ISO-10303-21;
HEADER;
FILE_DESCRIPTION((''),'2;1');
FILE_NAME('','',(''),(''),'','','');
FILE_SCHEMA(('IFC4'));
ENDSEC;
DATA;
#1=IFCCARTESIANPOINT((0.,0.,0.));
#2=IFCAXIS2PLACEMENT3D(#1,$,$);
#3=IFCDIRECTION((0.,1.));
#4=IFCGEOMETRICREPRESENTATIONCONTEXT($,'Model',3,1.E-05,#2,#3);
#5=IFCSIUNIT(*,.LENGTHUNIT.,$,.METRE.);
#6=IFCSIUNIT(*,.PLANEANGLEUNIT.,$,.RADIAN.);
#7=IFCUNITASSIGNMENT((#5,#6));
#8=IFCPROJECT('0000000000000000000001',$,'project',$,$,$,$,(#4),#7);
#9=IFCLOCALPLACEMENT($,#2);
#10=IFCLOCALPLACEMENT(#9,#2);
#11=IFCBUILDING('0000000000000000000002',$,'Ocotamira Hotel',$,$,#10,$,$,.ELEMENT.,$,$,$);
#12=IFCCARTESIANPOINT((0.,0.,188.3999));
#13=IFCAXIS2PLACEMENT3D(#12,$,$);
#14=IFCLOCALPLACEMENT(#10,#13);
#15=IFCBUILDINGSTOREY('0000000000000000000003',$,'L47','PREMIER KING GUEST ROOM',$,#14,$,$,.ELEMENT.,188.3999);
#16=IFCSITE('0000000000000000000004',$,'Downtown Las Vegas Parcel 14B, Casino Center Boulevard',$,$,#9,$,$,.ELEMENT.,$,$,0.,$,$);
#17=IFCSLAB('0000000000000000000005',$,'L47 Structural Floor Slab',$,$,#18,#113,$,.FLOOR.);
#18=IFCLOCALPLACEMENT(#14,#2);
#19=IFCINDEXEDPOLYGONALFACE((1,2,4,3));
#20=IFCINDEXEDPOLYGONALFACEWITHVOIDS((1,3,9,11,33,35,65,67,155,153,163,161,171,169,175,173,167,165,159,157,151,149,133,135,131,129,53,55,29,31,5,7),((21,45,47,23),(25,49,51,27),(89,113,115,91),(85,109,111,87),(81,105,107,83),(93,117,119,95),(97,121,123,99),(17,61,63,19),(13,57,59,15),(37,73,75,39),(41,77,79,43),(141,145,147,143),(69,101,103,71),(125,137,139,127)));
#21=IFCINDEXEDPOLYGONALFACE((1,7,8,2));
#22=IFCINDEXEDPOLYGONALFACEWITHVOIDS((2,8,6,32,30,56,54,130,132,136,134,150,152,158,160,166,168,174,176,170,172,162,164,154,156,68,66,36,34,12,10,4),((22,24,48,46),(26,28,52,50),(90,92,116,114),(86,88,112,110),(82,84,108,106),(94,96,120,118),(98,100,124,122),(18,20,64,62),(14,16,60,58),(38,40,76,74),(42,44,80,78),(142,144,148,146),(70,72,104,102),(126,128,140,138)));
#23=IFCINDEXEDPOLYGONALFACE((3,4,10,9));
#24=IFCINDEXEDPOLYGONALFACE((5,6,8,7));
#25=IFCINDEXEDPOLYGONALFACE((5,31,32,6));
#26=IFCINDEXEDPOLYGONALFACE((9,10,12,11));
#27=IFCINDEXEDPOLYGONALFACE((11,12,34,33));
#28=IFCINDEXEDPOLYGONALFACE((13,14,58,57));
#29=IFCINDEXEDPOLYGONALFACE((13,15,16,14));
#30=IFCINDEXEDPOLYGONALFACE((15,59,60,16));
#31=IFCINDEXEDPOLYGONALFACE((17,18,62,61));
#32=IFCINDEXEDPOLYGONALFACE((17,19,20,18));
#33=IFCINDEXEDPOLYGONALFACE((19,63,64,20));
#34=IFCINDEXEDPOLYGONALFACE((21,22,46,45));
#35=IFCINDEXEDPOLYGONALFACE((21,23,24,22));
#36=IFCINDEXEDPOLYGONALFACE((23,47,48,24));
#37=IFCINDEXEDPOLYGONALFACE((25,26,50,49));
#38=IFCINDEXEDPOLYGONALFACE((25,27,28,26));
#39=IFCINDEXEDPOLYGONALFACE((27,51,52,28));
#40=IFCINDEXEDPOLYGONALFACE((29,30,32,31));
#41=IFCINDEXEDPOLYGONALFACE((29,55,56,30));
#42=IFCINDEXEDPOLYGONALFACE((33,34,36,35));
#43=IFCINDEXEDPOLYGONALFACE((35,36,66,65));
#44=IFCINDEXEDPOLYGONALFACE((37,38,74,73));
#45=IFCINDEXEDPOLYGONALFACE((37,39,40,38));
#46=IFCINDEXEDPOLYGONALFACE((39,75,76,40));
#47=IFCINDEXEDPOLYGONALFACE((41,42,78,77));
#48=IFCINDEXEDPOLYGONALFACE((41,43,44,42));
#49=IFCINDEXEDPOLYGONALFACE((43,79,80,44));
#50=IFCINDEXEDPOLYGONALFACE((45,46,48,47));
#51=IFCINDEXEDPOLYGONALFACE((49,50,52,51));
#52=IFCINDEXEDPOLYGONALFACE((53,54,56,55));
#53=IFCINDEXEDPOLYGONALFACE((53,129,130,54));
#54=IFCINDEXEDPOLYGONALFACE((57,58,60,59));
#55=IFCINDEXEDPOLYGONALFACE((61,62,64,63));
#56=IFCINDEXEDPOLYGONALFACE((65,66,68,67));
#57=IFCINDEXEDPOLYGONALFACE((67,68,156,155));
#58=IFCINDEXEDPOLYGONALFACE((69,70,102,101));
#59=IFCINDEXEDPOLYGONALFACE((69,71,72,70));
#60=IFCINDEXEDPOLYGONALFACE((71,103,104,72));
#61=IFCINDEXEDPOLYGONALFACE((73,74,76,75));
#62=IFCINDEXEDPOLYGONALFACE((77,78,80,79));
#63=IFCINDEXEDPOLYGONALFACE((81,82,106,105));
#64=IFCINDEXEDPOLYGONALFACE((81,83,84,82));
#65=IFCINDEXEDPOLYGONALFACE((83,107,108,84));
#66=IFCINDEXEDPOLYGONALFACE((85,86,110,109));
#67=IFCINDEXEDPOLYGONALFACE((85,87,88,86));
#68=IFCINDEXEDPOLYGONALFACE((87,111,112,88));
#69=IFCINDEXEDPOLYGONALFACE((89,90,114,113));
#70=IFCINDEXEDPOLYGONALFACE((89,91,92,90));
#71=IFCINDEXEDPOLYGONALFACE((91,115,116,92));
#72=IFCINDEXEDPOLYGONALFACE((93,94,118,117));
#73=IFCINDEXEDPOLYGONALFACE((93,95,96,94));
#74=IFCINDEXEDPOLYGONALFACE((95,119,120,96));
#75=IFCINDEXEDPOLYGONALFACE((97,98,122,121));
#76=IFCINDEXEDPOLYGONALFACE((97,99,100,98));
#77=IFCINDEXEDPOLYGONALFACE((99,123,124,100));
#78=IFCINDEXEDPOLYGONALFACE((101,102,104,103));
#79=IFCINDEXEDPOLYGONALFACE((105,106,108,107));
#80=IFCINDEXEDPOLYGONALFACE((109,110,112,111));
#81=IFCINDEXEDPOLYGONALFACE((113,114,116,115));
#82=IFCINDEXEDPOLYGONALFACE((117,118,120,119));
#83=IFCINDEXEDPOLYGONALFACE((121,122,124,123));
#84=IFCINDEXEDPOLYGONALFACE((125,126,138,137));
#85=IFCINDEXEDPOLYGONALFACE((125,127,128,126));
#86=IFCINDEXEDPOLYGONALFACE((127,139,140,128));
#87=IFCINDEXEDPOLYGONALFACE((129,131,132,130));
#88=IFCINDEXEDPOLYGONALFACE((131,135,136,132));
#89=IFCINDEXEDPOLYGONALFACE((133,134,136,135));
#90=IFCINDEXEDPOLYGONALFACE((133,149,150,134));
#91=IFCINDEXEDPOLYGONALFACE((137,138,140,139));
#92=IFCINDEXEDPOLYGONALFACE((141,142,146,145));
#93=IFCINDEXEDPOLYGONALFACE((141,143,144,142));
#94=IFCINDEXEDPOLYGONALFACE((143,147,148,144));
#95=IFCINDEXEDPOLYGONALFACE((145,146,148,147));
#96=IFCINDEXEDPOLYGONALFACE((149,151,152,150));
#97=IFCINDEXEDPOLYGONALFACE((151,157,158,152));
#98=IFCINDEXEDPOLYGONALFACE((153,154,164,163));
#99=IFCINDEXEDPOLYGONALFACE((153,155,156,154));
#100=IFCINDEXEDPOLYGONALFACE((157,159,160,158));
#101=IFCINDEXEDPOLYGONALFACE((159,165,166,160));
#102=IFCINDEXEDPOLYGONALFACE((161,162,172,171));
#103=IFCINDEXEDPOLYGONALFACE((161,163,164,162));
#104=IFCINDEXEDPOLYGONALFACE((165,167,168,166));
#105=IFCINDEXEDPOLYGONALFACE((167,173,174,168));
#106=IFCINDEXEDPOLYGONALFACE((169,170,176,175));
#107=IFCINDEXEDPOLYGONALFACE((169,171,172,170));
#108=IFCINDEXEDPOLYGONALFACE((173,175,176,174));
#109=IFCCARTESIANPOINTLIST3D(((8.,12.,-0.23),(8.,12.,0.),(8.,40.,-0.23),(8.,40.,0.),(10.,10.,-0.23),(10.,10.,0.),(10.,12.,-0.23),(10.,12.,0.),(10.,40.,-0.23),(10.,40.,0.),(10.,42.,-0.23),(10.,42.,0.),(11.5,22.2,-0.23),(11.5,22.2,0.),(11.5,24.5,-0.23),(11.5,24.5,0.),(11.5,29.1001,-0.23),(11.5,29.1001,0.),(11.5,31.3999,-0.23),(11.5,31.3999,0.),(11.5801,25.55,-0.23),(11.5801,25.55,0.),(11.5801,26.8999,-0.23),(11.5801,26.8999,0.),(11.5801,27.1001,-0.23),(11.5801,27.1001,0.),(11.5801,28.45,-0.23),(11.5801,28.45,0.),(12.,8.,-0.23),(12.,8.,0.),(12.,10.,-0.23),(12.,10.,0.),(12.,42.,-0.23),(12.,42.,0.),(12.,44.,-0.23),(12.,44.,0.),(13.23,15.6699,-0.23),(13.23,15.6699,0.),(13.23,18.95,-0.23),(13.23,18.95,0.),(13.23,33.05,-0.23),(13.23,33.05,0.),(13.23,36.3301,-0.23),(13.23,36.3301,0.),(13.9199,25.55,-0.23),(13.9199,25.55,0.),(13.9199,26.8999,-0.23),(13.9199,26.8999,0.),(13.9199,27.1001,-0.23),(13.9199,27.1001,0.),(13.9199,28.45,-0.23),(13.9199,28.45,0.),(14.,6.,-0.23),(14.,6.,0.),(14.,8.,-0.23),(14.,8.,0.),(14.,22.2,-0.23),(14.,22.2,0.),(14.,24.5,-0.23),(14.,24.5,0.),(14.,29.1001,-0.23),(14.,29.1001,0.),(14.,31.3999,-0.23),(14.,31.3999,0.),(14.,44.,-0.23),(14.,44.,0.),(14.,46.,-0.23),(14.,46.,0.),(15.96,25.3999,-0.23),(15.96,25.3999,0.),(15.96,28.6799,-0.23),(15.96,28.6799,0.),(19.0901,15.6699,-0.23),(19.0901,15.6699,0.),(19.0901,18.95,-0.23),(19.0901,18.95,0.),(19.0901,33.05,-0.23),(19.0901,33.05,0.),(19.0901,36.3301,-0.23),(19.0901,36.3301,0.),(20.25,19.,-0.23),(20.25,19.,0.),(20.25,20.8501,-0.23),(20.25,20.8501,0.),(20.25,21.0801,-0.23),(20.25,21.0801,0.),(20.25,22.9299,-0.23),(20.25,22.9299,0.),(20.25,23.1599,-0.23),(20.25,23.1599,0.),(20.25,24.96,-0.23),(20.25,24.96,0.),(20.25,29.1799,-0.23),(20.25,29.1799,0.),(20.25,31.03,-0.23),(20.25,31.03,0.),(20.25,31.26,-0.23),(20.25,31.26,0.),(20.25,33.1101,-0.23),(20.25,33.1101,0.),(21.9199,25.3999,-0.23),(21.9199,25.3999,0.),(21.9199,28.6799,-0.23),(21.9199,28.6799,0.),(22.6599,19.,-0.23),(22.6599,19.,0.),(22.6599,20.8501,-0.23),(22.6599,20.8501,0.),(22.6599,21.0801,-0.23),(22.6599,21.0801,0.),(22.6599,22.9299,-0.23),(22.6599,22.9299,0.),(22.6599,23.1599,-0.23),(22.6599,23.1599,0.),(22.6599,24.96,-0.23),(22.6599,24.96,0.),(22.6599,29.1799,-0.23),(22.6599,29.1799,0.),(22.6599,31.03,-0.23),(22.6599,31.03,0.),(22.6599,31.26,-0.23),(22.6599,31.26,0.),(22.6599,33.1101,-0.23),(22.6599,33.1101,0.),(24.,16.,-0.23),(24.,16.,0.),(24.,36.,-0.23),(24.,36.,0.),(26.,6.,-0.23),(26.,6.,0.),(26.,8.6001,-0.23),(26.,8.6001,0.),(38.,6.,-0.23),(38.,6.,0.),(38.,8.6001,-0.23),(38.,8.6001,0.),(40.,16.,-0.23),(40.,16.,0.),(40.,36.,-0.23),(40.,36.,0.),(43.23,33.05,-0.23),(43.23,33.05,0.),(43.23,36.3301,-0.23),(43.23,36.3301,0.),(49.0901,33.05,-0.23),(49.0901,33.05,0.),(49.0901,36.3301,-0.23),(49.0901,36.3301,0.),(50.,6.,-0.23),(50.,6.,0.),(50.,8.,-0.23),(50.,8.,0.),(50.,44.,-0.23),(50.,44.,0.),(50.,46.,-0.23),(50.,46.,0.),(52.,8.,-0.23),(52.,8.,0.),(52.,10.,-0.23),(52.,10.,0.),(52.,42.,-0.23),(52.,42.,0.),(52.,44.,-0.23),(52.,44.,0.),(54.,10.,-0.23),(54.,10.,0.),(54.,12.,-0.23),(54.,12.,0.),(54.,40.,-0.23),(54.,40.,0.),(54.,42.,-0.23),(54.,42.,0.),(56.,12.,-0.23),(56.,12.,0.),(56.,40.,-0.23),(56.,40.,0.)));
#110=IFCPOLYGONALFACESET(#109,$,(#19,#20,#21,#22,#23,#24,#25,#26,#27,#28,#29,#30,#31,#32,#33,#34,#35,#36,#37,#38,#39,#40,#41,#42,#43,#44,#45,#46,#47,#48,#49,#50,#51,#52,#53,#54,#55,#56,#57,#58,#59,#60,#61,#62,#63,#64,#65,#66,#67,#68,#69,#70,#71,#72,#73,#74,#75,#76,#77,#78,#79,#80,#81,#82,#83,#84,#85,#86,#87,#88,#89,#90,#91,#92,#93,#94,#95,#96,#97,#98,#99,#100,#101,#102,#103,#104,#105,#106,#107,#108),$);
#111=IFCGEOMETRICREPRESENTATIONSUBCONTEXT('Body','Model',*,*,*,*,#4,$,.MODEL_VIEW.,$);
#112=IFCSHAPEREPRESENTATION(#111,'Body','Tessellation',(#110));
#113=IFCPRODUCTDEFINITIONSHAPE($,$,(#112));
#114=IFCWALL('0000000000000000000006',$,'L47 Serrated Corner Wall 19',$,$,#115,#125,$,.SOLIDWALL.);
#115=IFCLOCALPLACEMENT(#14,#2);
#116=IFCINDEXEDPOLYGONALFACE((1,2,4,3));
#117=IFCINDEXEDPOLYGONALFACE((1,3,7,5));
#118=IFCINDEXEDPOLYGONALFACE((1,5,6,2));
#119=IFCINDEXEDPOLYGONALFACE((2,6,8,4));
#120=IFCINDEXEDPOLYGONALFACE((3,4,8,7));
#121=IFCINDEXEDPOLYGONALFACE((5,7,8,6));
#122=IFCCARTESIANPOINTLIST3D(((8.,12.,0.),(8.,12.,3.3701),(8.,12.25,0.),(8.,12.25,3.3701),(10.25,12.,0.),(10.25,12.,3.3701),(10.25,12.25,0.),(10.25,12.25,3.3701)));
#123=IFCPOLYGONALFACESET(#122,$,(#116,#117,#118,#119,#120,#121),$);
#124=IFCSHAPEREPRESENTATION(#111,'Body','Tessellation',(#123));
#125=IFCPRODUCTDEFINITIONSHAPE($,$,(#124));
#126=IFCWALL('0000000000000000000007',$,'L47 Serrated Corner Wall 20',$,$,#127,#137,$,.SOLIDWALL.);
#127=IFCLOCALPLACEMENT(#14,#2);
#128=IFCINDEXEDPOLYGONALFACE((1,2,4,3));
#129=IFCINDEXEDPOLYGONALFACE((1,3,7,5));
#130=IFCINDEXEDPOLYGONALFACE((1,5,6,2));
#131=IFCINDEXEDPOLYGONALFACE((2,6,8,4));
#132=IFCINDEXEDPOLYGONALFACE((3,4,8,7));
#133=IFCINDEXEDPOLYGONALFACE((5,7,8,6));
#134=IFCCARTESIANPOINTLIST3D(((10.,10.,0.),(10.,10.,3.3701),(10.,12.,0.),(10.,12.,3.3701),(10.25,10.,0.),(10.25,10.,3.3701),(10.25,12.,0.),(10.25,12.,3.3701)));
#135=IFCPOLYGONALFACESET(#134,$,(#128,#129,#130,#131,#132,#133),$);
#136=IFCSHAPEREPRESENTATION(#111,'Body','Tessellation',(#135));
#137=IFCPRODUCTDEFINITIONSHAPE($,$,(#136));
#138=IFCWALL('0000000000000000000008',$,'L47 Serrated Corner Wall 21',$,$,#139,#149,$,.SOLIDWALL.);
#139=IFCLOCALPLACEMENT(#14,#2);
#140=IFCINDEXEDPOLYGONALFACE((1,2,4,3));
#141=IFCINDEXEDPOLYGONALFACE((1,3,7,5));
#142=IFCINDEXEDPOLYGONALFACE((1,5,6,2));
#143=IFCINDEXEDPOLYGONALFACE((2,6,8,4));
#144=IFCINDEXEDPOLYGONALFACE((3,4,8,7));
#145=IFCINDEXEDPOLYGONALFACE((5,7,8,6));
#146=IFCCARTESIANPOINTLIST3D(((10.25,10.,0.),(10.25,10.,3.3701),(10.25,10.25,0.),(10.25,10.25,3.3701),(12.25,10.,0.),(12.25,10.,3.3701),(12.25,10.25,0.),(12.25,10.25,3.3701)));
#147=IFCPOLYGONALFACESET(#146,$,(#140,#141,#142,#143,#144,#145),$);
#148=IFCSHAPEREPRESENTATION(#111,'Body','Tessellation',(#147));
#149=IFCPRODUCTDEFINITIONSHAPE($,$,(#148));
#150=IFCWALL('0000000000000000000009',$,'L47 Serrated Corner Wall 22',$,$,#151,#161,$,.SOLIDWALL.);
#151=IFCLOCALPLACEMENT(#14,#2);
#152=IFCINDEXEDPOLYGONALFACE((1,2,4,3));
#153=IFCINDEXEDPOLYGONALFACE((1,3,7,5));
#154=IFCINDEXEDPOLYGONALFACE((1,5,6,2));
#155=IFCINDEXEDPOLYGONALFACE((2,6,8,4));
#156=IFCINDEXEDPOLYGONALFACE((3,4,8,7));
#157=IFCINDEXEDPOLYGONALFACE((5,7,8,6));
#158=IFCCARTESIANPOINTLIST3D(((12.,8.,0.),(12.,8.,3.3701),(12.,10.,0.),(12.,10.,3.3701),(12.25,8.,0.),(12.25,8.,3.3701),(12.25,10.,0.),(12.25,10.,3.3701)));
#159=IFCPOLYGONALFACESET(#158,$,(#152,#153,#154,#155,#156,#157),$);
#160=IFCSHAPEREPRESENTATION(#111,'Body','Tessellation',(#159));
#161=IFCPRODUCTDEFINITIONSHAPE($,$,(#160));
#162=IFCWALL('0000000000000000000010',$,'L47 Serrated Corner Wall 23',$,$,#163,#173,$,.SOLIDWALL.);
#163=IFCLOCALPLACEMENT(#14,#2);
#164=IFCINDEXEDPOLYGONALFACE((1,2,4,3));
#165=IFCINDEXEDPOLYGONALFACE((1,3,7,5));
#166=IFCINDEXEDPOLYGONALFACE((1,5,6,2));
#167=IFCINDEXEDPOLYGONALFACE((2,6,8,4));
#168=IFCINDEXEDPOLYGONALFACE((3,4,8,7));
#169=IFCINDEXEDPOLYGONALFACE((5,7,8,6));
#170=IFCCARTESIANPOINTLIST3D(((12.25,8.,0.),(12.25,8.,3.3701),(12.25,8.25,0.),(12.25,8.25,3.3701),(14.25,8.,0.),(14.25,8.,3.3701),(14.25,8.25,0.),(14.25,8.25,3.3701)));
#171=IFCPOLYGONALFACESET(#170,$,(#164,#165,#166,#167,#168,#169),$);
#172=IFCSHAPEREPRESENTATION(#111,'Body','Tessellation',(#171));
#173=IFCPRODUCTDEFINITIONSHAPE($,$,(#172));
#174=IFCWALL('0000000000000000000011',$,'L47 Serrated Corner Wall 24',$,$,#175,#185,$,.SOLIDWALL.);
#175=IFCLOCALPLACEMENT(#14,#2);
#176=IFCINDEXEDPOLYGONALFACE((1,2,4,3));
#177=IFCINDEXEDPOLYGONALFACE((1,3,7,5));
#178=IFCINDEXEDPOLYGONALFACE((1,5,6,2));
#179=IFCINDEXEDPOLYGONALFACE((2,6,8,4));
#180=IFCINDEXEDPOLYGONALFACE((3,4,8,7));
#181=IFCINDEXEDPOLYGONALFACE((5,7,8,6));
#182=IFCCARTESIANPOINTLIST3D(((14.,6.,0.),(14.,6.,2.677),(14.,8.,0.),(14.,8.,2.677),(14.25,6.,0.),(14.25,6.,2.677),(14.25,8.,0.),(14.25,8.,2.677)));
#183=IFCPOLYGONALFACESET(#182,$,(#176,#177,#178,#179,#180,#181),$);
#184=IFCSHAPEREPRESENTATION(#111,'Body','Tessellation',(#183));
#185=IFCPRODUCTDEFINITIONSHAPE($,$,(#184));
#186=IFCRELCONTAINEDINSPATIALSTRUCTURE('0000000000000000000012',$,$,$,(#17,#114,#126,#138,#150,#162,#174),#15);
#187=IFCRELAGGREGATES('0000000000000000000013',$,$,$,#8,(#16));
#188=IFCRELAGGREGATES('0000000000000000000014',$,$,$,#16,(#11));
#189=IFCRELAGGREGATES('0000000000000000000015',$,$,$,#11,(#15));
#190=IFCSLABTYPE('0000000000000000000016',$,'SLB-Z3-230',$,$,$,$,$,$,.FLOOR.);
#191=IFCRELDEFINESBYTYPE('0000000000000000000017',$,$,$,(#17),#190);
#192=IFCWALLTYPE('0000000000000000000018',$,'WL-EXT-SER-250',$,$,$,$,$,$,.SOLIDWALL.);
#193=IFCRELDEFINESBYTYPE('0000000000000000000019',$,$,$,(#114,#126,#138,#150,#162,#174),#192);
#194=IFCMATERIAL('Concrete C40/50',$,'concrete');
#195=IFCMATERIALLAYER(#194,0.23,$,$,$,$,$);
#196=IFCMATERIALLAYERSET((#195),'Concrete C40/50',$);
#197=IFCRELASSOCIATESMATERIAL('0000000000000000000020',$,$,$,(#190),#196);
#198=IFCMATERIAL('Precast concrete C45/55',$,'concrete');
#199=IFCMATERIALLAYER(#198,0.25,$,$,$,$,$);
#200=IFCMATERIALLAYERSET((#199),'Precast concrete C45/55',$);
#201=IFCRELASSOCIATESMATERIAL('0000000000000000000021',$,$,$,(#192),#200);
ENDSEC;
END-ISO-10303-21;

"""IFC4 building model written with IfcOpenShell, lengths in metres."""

from ifc_helpers import new_model, si_unit, direction, frame, frame_2d, origin, place, context, subcontext, project, spatial, polyline, rectangle, outline, extrude, material, layer, layer_set, type_object, element, save


model = new_model("IFC4")

# Units and contexts
model_context = context("Model", 3, precision=1e-05, world=origin(), true_north=direction((0.0, 1.0)))
body_context = subcontext(model_context, "Body", "Model", "MODEL_VIEW")
ifc_project = project(units=[si_unit("LENGTHUNIT", "METRE"), si_unit("PLANEANGLEUNIT", "RADIAN")], contexts=[model_context])

# Site, building, storey
site_placement = place(None, origin())
site = spatial("IfcSite", under=ifc_project, at=site_placement, Name="Downtown Las Vegas Parcel 14B, Casino Center Boulevard", CompositionType="ELEMENT", RefElevation=0.0)
building_placement = place(site_placement, origin())
building = spatial("IfcBuilding", under=site, at=building_placement, Name="Ocotamira Hotel", CompositionType="ELEMENT")
storey_placement = place(building_placement, frame((0.0, 0.0, 188.3999)))
storey = spatial("IfcBuildingStorey", under=building, at=storey_placement, Name="L47", Description="PREMIER KING GUEST ROOM", CompositionType="ELEMENT", Elevation=188.3999)

# Shared definitions
ifc_material_1 = material(Name="Concrete C40/50", Category="concrete")

# Slab
ifc_layer_1 = layer(ifc_material_1, 0.23)
ifc_layer_set_1 = layer_set([ifc_layer_1], Name="Concrete C40/50")
slab_type_1 = type_object("IfcSlabType", Name="SLB-Z3-230", PredefinedType="FLOOR", material=ifc_layer_set_1)
slab_1_placement = place(storey_placement, frame((0.0, 0.0, -0.23)))
element("IfcSlab", 1, at=slab_1_placement, inside=storey, type_object=slab_type_1, Name="L47 Structural Floor Slab", PredefinedType="FLOOR", context=body_context, shape_type="SweptSolid", body=[
    extrude(outline(polyline([(14.0, 6.0), (14.0, 8.0), (12.0, 8.0), (12.0, 10.0), (10.0, 10.0), (10.0, 12.0), (8.0, 12.0), (8.0, 40.0), (10.0, 40.0), (10.0, 42.0), (12.0, 42.0), (12.0, 44.0), (14.0, 44.0), (14.0, 46.0), (50.0, 46.0), (50.0, 44.0), (52.0, 44.0), (52.0, 42.0), (54.0, 42.0), (54.0, 40.0), (56.0, 40.0), (56.0, 12.0), (54.0, 12.0), (54.0, 10.0), (52.0, 10.0), (52.0, 8.0), (50.0, 8.0), (50.0, 6.0), (38.0, 6.0), (38.0, 8.6001), (26.0, 8.6001), (26.0, 6.0), (14.0, 6.0)]), holes=[polyline([(24.0, 16.0), (40.0, 16.0), (40.0, 36.0), (24.0, 36.0), (24.0, 16.0)]), polyline([(13.23, 15.6699), (19.0901, 15.6699), (19.0901, 18.95), (13.23, 18.95), (13.23, 15.6699)]), polyline([(13.23, 33.05), (19.0901, 33.05), (19.0901, 36.3301), (13.23, 36.3301), (13.23, 33.05)]), polyline([(15.96, 25.3999), (21.9199, 25.3999), (21.9199, 28.6799), (15.96, 28.6799), (15.96, 25.3999)]), polyline([(43.23, 33.05), (49.0901, 33.05), (49.0901, 36.3301), (43.23, 36.3301), (43.23, 33.05)]), polyline([(20.25, 19.0), (22.6599, 19.0), (22.6599, 20.8501), (20.25, 20.8501), (20.25, 19.0)]), polyline([(20.25, 21.0801), (22.6599, 21.0801), (22.6599, 22.9299), (20.25, 22.9299), (20.25, 21.0801)]), polyline([(20.25, 23.1599), (22.6599, 23.1599), (22.6599, 24.96), (20.25, 24.96), (20.25, 23.1599)]), polyline([(20.25, 29.1799), (22.6599, 29.1799), (22.6599, 31.03), (20.25, 31.03), (20.25, 29.1799)]), polyline([(20.25, 31.26), (22.6599, 31.26), (22.6599, 33.1101), (20.25, 33.1101), (20.25, 31.26)]), polyline([(11.5, 22.2), (14.0, 22.2), (14.0, 24.5), (11.5, 24.5), (11.5, 22.2)]), polyline([(11.5, 29.1001), (14.0, 29.1001), (14.0, 31.3999), (11.5, 31.3999), (11.5, 29.1001)]), polyline([(11.5801, 25.55), (13.9199, 25.55), (13.9199, 26.8999), (11.5801, 26.8999), (11.5801, 25.55)]), polyline([(11.5801, 27.1001), (13.9199, 27.1001), (13.9199, 28.45), (11.5801, 28.45), (11.5801, 27.1001)])]), origin(), (0.0, 0.0, 1.0), 0.23),
])

# Walls
ifc_material_2 = material(Name="Precast concrete C45/55", Category="concrete")
ifc_layer_2 = layer(ifc_material_2, 0.25)
ifc_layer_set_2 = layer_set([ifc_layer_2], Name="Precast concrete C45/55")
wall_type_1 = type_object("IfcWallType", Name="WL-EXT-SER-250", PredefinedType="SOLIDWALL", material=ifc_layer_set_2)
wall_1_placement = place(storey_placement, frame((8.0, 12.125, 0.0), z_axis=(0.0, 0.0, 1.0), x_axis=(1.0, 0.0, 0.0)))
element("IfcWall", 2, at=wall_1_placement, inside=storey, type_object=wall_type_1, Name="L47 Serrated Corner Wall 19", PredefinedType="SOLIDWALL", context=body_context, shape_type="SweptSolid", body=[
    extrude(rectangle(XDim=2.25, YDim=0.25, at=frame_2d((1.125, 0.0))), origin(), (0.0, 0.0, 1.0), 3.3701),
])
for number, where, z_axis, x_axis, name in (
    (3, (10.125, 12.0, 0.0), (0.0, 0.0, 1.0), (0.0, -1.0, 0.0), "L47 Serrated Corner Wall 20"),
    (4, (10.25, 10.125, 0.0), (0.0, 0.0, 1.0), (1.0, 0.0, 0.0), "L47 Serrated Corner Wall 21"),
    (5, (12.125, 10.0, 0.0), (0.0, 0.0, 1.0), (0.0, -1.0, 0.0), "L47 Serrated Corner Wall 22"),
    (6, (12.25, 8.125, 0.0), (0.0, 0.0, 1.0), (1.0, 0.0, 0.0), "L47 Serrated Corner Wall 23"),
):
    element("IfcWall", number, at=place(storey_placement, frame(where, z_axis=z_axis, x_axis=x_axis)), inside=storey, type_object=wall_type_1, Name=name, PredefinedType="SOLIDWALL", context=body_context, shape_type="SweptSolid", body=[
        extrude(rectangle(XDim=2.0, YDim=0.25, at=frame_2d((1.0, 0.0))), origin(), (0.0, 0.0, 1.0), 3.3701),
    ])
wall_2_placement = place(storey_placement, frame((14.125, 8.0, 0.0), z_axis=(0.0, 0.0, 1.0), x_axis=(0.0, -1.0, 0.0)))
element("IfcWall", 7, at=wall_2_placement, inside=storey, type_object=wall_type_1, Name="L47 Serrated Corner Wall 24", PredefinedType="SOLIDWALL", context=body_context, shape_type="SweptSolid", body=[
    extrude(rectangle(XDim=2.0, YDim=0.25, at=frame_2d((1.0, 0.0))), origin(), (0.0, 0.0, 1.0), 2.677),
])

save(model, "model.ifc")
